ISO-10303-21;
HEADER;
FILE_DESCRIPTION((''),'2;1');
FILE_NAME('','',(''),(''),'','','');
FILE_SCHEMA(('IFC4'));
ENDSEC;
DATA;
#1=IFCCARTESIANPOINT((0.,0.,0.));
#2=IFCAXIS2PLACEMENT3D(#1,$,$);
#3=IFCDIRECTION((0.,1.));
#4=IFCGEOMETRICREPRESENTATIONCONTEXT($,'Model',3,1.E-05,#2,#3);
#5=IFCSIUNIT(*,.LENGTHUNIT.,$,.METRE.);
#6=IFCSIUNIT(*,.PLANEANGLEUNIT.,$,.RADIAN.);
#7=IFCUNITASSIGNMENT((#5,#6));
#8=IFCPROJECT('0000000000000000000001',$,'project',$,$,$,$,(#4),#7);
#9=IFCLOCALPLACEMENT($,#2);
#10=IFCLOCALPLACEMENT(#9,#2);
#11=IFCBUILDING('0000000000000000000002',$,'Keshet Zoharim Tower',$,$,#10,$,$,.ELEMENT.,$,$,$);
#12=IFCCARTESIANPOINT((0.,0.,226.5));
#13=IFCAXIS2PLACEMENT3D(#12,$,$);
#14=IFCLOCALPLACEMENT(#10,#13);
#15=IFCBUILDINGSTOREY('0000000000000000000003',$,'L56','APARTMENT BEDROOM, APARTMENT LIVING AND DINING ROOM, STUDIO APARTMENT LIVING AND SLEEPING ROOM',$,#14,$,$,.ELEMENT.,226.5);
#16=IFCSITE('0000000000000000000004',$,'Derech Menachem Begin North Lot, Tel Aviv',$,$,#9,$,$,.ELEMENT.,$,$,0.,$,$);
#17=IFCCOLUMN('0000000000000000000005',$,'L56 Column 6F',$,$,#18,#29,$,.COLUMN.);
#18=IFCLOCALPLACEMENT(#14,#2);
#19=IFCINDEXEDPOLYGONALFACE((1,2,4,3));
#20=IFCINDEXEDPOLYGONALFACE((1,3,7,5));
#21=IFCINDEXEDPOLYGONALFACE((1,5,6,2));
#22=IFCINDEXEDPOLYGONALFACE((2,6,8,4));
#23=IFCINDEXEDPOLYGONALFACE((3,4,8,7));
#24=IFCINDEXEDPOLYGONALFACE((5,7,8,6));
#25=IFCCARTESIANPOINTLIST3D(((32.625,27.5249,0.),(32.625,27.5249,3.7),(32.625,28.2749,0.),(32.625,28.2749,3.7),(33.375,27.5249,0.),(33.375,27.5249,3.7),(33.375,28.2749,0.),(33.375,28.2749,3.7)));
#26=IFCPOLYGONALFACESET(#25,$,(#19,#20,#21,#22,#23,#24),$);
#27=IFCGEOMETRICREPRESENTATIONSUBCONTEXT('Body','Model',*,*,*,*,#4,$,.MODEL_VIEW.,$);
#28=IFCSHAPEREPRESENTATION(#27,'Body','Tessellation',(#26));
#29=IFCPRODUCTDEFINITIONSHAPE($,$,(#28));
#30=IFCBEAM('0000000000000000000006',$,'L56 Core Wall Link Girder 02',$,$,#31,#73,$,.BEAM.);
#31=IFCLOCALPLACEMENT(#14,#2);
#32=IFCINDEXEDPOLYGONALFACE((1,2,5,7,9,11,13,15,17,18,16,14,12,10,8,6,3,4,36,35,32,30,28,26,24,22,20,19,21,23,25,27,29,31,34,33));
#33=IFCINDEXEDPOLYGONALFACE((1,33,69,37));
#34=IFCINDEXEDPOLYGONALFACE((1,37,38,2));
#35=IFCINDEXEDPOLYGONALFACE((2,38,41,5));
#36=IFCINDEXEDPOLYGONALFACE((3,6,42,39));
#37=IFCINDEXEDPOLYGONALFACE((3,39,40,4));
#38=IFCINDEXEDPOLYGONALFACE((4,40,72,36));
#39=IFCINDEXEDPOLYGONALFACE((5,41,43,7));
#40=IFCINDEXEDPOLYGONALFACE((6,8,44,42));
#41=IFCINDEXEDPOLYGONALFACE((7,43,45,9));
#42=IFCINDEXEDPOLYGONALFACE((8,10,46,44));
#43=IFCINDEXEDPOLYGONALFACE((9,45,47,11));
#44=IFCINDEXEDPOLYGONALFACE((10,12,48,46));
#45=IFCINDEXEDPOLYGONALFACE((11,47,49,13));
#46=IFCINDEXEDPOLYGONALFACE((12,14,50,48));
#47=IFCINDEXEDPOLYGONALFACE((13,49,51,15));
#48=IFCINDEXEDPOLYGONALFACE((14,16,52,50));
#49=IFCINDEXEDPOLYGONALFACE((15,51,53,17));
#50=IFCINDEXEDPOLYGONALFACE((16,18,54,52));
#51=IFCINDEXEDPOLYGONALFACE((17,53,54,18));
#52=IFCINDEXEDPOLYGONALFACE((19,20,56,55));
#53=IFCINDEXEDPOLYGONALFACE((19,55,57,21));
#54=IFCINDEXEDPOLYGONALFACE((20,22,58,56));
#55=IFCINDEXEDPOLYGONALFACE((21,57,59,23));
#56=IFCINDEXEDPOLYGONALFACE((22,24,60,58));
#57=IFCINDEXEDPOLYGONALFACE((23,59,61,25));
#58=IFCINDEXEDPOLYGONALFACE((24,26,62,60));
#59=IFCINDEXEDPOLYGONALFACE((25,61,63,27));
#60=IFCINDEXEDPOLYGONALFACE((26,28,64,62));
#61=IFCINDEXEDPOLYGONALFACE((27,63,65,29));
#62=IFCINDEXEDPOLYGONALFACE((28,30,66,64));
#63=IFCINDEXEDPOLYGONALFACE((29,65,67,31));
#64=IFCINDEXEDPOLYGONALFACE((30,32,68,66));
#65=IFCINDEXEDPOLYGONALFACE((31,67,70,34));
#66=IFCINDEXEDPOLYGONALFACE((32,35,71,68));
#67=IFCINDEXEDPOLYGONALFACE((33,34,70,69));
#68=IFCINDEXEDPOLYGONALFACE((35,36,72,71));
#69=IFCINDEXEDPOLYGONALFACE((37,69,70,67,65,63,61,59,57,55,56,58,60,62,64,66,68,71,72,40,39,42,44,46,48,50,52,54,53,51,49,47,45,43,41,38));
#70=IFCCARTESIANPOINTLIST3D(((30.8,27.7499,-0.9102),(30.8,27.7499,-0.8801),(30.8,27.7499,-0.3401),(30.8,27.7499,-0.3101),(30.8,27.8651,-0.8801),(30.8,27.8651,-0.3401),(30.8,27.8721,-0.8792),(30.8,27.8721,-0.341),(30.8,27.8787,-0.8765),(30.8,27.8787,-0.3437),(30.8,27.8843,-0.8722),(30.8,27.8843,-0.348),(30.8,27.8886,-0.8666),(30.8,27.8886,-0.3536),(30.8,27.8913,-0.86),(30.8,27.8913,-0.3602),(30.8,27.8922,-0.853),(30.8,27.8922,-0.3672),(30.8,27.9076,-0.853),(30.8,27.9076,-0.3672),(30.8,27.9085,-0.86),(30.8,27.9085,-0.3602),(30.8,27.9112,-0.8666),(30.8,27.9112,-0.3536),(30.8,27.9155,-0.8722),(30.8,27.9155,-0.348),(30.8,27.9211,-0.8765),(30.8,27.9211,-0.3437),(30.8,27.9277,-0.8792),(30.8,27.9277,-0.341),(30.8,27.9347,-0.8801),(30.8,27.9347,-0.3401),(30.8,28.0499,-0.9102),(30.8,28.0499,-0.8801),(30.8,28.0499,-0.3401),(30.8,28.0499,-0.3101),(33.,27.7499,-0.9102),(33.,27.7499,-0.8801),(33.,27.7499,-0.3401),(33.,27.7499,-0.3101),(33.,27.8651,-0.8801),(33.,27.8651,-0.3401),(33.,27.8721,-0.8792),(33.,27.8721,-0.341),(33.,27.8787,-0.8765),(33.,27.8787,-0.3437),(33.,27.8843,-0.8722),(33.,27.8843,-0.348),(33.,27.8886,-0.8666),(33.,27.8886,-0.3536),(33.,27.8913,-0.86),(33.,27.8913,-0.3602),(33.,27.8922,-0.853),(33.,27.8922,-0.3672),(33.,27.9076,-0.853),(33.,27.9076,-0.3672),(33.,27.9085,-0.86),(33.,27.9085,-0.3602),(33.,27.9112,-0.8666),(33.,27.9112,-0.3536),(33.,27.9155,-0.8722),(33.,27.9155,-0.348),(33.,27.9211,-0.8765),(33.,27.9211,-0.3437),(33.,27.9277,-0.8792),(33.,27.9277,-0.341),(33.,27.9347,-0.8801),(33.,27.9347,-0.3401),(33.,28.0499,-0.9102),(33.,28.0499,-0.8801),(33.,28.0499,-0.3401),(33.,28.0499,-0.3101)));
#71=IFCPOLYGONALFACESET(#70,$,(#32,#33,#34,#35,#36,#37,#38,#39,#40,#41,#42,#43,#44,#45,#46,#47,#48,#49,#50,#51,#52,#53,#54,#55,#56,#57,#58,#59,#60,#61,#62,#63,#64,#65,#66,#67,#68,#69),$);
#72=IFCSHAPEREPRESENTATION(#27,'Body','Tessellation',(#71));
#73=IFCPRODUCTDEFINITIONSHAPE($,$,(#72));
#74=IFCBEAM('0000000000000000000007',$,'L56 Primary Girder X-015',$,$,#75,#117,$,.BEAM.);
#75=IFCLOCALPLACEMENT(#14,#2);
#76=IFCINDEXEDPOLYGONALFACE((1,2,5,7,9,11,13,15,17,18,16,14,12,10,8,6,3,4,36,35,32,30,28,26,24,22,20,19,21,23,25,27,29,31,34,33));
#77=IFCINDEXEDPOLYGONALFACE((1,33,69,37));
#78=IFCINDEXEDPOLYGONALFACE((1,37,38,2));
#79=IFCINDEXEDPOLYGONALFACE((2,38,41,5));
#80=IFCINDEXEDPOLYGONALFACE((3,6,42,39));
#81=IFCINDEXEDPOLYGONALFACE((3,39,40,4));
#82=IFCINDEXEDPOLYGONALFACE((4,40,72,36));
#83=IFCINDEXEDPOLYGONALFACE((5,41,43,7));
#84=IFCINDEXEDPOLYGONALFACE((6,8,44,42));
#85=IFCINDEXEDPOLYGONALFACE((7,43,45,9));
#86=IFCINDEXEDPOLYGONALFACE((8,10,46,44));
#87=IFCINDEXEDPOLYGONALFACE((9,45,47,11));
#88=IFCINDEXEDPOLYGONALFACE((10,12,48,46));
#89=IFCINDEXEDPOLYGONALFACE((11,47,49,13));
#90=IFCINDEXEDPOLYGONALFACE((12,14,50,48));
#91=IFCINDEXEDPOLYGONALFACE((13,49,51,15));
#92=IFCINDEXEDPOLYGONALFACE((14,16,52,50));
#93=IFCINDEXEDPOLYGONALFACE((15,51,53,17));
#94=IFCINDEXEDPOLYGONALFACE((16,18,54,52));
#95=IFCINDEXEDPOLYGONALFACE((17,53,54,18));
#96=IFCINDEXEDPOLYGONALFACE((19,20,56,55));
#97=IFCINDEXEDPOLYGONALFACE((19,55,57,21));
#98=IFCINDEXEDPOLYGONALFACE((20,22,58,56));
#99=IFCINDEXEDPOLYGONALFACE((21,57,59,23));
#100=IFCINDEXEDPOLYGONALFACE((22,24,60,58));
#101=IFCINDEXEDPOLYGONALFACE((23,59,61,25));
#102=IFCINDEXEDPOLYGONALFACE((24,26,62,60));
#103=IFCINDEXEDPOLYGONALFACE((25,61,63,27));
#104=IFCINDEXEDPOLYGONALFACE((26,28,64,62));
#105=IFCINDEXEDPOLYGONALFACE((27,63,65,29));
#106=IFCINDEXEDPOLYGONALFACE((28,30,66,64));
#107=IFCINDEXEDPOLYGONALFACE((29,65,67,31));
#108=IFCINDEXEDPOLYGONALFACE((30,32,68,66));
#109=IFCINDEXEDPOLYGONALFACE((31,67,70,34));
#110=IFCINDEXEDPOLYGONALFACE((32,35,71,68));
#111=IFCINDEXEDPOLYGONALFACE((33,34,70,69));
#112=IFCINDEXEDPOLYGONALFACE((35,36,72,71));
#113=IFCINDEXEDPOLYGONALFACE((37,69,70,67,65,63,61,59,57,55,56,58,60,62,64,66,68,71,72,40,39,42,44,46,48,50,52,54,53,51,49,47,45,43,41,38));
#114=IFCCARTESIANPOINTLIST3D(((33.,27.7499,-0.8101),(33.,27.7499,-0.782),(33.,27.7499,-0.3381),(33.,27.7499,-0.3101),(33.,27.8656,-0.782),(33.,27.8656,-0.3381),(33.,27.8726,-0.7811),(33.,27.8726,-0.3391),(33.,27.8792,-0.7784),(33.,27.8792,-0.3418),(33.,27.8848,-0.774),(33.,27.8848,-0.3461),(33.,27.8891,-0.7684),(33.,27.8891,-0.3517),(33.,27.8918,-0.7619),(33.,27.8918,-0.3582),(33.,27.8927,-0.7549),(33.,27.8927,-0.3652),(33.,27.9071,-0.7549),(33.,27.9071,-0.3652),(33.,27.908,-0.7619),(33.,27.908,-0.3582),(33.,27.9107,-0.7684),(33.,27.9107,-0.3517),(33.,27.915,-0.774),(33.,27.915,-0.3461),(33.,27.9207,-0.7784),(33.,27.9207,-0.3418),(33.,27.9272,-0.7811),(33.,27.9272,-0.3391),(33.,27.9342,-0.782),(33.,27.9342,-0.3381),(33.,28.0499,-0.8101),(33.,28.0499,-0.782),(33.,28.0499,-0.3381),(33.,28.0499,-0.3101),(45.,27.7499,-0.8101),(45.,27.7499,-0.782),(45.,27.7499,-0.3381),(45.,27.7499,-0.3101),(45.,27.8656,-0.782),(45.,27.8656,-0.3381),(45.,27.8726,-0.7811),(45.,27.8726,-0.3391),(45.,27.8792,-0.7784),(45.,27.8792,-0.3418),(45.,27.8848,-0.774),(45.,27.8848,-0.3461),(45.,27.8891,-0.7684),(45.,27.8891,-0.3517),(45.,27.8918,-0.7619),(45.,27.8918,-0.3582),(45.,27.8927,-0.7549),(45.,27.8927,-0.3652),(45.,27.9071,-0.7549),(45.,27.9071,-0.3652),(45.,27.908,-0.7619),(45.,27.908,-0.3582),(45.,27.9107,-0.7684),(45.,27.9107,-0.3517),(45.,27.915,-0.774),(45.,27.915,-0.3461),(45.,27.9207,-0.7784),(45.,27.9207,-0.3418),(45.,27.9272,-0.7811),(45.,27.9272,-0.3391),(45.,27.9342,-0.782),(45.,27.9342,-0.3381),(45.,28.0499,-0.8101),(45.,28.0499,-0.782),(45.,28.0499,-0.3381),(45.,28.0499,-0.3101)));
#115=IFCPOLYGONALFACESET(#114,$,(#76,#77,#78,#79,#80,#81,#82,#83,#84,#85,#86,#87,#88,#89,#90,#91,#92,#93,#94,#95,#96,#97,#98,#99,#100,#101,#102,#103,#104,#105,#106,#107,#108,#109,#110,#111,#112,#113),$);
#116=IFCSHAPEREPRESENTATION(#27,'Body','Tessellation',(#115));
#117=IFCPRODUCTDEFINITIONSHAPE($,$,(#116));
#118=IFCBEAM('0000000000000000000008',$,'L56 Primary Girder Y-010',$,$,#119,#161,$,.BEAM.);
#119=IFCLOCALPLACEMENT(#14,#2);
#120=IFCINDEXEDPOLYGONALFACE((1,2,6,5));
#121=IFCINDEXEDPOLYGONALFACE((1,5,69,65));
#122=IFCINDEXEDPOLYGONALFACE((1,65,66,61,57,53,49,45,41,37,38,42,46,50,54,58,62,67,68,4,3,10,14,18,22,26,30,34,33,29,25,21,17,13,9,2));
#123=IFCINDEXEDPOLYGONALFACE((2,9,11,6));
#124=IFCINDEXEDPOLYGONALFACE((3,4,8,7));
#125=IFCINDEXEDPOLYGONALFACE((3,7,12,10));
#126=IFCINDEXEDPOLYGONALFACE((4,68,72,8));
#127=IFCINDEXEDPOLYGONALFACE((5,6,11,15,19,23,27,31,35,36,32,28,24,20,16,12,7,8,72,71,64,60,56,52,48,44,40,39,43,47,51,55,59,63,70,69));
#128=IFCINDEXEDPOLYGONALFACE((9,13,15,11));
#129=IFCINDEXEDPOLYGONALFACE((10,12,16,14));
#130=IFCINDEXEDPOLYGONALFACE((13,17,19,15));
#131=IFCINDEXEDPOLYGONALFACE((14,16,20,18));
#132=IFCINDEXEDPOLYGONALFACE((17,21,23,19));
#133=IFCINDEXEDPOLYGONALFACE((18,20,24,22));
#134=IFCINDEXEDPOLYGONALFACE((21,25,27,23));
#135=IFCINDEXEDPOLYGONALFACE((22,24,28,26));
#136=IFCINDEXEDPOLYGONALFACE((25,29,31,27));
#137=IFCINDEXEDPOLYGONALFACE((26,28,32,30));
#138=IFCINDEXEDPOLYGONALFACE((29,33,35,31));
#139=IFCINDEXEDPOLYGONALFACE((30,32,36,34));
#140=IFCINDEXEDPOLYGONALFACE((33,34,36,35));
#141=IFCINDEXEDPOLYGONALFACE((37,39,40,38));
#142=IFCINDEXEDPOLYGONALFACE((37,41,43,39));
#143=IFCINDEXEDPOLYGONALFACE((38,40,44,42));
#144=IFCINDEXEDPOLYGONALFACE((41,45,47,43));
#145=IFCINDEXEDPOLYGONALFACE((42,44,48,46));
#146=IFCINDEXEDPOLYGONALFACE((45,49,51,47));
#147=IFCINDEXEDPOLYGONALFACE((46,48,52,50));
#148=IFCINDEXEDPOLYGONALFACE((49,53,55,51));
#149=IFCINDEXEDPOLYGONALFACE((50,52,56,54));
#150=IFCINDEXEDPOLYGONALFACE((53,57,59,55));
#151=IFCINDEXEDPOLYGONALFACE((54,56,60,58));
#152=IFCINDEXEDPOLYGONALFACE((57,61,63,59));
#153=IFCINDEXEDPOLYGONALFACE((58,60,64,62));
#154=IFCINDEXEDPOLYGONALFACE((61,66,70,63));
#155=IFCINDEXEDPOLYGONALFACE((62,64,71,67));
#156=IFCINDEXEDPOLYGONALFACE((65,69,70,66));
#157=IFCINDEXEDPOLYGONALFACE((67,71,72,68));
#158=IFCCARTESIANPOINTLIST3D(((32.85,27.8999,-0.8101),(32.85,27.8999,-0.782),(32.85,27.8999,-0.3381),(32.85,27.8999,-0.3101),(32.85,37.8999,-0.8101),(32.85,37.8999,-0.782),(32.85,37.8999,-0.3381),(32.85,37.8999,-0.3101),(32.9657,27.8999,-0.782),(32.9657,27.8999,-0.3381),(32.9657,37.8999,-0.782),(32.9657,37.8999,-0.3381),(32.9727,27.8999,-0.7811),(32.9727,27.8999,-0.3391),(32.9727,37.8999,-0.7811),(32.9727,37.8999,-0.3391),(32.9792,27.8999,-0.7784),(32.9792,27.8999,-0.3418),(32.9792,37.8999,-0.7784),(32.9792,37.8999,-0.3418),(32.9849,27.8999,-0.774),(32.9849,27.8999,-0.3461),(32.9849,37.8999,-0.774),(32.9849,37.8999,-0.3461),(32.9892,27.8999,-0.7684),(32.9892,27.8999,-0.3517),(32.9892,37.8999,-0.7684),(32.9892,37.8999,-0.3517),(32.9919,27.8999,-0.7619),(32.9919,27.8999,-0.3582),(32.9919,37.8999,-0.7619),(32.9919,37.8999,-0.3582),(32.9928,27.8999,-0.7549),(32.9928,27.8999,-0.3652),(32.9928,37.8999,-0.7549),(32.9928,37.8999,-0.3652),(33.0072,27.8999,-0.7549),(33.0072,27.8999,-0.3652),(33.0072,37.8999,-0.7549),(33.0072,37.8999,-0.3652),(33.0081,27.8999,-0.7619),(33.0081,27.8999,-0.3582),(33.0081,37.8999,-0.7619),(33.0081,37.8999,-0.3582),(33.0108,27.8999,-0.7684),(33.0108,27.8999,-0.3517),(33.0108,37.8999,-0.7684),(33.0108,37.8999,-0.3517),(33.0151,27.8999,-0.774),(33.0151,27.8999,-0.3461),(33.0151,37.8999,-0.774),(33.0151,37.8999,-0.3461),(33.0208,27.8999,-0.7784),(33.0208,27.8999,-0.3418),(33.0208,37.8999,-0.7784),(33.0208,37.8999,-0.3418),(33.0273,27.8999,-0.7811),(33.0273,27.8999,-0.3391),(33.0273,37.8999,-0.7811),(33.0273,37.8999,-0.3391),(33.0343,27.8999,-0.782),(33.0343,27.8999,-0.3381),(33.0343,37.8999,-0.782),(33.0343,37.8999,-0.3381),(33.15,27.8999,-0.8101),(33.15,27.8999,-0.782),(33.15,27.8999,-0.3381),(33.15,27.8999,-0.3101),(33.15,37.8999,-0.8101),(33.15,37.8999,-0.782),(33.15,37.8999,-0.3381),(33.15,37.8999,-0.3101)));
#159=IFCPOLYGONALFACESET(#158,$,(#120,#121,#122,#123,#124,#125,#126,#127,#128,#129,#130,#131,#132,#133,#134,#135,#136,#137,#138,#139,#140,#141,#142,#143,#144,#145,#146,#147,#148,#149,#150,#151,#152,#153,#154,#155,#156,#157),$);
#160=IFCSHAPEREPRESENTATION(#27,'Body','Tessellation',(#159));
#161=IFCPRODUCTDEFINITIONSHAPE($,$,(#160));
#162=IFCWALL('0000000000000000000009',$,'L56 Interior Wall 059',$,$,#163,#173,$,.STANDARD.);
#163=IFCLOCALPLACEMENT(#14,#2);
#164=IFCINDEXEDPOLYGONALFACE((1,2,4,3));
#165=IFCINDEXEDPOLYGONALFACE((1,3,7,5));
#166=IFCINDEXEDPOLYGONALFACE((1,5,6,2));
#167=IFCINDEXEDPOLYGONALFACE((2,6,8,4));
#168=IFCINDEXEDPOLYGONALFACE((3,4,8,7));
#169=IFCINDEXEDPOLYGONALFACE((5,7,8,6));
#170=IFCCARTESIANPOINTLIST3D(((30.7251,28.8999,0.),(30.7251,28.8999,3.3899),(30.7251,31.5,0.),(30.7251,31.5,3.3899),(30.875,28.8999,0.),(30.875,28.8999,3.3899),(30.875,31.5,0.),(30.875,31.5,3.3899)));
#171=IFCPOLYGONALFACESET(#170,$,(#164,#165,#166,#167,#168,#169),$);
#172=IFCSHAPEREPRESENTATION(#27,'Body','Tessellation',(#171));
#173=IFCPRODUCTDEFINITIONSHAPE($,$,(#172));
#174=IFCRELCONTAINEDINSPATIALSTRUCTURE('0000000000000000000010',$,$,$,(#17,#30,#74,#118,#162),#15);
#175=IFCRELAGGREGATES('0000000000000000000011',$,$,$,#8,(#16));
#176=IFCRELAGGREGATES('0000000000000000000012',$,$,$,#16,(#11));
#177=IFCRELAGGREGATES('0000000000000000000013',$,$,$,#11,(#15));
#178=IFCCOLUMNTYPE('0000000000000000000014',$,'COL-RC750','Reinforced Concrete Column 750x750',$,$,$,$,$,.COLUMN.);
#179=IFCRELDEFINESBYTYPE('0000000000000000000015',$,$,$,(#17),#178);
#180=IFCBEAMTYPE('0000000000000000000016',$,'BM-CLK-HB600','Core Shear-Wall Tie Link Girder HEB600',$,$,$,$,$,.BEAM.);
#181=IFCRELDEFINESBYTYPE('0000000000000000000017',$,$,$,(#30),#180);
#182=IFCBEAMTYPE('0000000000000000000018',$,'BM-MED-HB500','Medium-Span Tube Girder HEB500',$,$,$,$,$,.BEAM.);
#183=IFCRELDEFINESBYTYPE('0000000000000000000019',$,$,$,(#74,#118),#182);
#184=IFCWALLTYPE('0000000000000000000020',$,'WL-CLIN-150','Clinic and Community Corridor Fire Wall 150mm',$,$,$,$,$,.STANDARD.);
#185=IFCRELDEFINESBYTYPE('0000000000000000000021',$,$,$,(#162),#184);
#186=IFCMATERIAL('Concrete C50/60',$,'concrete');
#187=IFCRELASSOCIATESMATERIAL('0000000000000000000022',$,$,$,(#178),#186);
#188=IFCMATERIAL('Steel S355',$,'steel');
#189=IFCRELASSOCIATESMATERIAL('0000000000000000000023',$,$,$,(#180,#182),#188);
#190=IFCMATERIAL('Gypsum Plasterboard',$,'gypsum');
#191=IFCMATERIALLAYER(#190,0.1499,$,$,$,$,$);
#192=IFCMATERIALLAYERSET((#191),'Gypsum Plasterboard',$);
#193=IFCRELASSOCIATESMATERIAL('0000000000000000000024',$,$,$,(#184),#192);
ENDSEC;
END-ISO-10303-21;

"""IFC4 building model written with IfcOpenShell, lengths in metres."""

from ifc_helpers import new_model, si_unit, direction, frame, frame_2d, origin, origin_2d, place, context, subcontext, project, spatial, rectangle, i_section, extrude, material, layer, layer_set, material_profile, profile_set, type_object, element, save


model = new_model("IFC4")

# Units and contexts
model_context = context("Model", 3, precision=1e-05, world=origin(), true_north=direction((0.0, 1.0)))
body_context = subcontext(model_context, "Body", "Model", "MODEL_VIEW")
ifc_project = project(units=[si_unit("LENGTHUNIT", "METRE"), si_unit("PLANEANGLEUNIT", "RADIAN")], contexts=[model_context])

# Site, building, storey
site_placement = place(None, origin())
site = spatial("IfcSite", under=ifc_project, at=site_placement, Name="Derech Menachem Begin North Lot, Tel Aviv", CompositionType="ELEMENT", RefElevation=0.0)
building_placement = place(site_placement, origin())
building = spatial("IfcBuilding", under=site, at=building_placement, Name="Keshet Zoharim Tower", CompositionType="ELEMENT")
storey_placement = place(building_placement, frame((0.0, 0.0, 226.5)))
storey = spatial("IfcBuildingStorey", under=building, at=storey_placement, Name="L56", Description="APARTMENT BEDROOM, APARTMENT LIVING AND DINING ROOM, STUDIO APARTMENT LIVING AND SLEEPING ROOM", CompositionType="ELEMENT", Elevation=226.5)

# Column
ifc_material_1 = material(Name="Concrete C50/60", Category="concrete")
ifc_material_profile_1 = material_profile(ifc_material_1, rectangle(XDim=0.75, YDim=0.75, at=origin_2d()), Name="RC750x750")
ifc_profile_set_1 = profile_set([ifc_material_profile_1], Name="Concrete C50/60")
column_type = type_object("IfcColumnType", Name="COL-RC750", Description="Reinforced Concrete Column 750x750", PredefinedType="COLUMN", material=ifc_profile_set_1)
column_placement = place(storey_placement, frame((33.0, 27.8999, 0.0), z_axis=(0.0, 0.0, 1.0), x_axis=(1.0, 0.0, 0.0)))
element("IfcColumn", 1, at=column_placement, inside=storey, type_object=column_type, Name="L56 Column 6F", PredefinedType="COLUMN", context=body_context, shape_type="SweptSolid", body=[
    extrude(rectangle(XDim=0.75, YDim=0.75, at=origin_2d()), origin(), (0.0, 0.0, 1.0), 3.7),
])

# Beams
ifc_material_2 = material(Name="Steel S355", Category="steel")
ifc_material_profile_2 = material_profile(ifc_material_2, i_section(OverallWidth=0.3, OverallDepth=0.6001, WebThickness=0.0154, FlangeThickness=0.03, FilletRadius=0.0271, at=origin_2d()), Name="HEB600")
ifc_profile_set_2 = profile_set([ifc_material_profile_2], Name="Steel S355")
beam_type_1 = type_object("IfcBeamType", Name="BM-CLK-HB600", Description="Core Shear-Wall Tie Link Girder HEB600", PredefinedType="BEAM", material=ifc_profile_set_2)
beam_1_placement = place(storey_placement, frame((30.8, 27.8999, -0.6101), z_axis=(1.0, 0.0, 0.0), x_axis=(0.0, 1.0, 0.0)))
element("IfcBeam", 2, at=beam_1_placement, inside=storey, type_object=beam_type_1, Name="L56 Core Wall Link Girder 02", PredefinedType="BEAM", context=body_context, shape_type="SweptSolid", body=[
    extrude(i_section(OverallWidth=0.3, OverallDepth=0.6001, WebThickness=0.0154, FlangeThickness=0.03, FilletRadius=0.0271, at=origin_2d()), origin(), (0.0, 0.0, 1.0), 2.2),
])
ifc_material_profile_3 = material_profile(ifc_material_2, i_section(OverallWidth=0.3, OverallDepth=0.5, WebThickness=0.0144, FlangeThickness=0.0281, FilletRadius=0.0271, at=origin_2d()), Name="HEB500")
ifc_profile_set_3 = profile_set([ifc_material_profile_3], Name="Steel S355")
beam_type_2 = type_object("IfcBeamType", Name="BM-MED-HB500", Description="Medium-Span Tube Girder HEB500", PredefinedType="BEAM", material=ifc_profile_set_3)
beam_2_placement = place(storey_placement, frame((33.0, 27.8999, -0.5601), z_axis=(1.0, 0.0, 0.0), x_axis=(0.0, 1.0, 0.0)))
element("IfcBeam", 3, at=beam_2_placement, inside=storey, type_object=beam_type_2, Name="L56 Primary Girder X-015", PredefinedType="BEAM", context=body_context, shape_type="SweptSolid", body=[
    extrude(i_section(OverallWidth=0.3, OverallDepth=0.5, WebThickness=0.0144, FlangeThickness=0.0281, FilletRadius=0.0271, at=origin_2d()), origin(), (0.0, 0.0, 1.0), 12.0),
])
beam_3_placement = place(storey_placement, frame((33.0, 27.8999, -0.5601), z_axis=(0.0, 1.0, 0.0), x_axis=(-1.0, 0.0, 0.0)))
element("IfcBeam", 4, at=beam_3_placement, inside=storey, type_object=beam_type_2, Name="L56 Primary Girder Y-010", PredefinedType="BEAM", context=body_context, shape_type="SweptSolid", body=[
    extrude(i_section(OverallWidth=0.3, OverallDepth=0.5, WebThickness=0.0144, FlangeThickness=0.0281, FilletRadius=0.0271, at=origin_2d()), origin(), (0.0, 0.0, 1.0), 10.0),
])

# Wall
ifc_material_3 = material(Name="Gypsum Plasterboard", Category="gypsum")
ifc_layer_1 = layer(ifc_material_3, 0.1499)
ifc_layer_set_1 = layer_set([ifc_layer_1], Name="Gypsum Plasterboard")
wall_type_1 = type_object("IfcWallType", Name="WL-CLIN-150", Description="Clinic and Community Corridor Fire Wall 150mm", PredefinedType="STANDARD", material=ifc_layer_set_1)
wall_1_placement = place(storey_placement, frame((30.8, 28.8999, 0.0), z_axis=(0.0, 0.0, 1.0), x_axis=(0.0, 1.0, 0.0)))
element("IfcWall", 5, at=wall_1_placement, inside=storey, type_object=wall_type_1, Name="L56 Interior Wall 059", PredefinedType="STANDARD", context=body_context, shape_type="SweptSolid", body=[
    extrude(rectangle(XDim=2.6001, YDim=0.1499, at=frame_2d((1.3, 0.0))), origin(), (0.0, 0.0, 1.0), 3.3899),
])

save(model, "model.ifc")
